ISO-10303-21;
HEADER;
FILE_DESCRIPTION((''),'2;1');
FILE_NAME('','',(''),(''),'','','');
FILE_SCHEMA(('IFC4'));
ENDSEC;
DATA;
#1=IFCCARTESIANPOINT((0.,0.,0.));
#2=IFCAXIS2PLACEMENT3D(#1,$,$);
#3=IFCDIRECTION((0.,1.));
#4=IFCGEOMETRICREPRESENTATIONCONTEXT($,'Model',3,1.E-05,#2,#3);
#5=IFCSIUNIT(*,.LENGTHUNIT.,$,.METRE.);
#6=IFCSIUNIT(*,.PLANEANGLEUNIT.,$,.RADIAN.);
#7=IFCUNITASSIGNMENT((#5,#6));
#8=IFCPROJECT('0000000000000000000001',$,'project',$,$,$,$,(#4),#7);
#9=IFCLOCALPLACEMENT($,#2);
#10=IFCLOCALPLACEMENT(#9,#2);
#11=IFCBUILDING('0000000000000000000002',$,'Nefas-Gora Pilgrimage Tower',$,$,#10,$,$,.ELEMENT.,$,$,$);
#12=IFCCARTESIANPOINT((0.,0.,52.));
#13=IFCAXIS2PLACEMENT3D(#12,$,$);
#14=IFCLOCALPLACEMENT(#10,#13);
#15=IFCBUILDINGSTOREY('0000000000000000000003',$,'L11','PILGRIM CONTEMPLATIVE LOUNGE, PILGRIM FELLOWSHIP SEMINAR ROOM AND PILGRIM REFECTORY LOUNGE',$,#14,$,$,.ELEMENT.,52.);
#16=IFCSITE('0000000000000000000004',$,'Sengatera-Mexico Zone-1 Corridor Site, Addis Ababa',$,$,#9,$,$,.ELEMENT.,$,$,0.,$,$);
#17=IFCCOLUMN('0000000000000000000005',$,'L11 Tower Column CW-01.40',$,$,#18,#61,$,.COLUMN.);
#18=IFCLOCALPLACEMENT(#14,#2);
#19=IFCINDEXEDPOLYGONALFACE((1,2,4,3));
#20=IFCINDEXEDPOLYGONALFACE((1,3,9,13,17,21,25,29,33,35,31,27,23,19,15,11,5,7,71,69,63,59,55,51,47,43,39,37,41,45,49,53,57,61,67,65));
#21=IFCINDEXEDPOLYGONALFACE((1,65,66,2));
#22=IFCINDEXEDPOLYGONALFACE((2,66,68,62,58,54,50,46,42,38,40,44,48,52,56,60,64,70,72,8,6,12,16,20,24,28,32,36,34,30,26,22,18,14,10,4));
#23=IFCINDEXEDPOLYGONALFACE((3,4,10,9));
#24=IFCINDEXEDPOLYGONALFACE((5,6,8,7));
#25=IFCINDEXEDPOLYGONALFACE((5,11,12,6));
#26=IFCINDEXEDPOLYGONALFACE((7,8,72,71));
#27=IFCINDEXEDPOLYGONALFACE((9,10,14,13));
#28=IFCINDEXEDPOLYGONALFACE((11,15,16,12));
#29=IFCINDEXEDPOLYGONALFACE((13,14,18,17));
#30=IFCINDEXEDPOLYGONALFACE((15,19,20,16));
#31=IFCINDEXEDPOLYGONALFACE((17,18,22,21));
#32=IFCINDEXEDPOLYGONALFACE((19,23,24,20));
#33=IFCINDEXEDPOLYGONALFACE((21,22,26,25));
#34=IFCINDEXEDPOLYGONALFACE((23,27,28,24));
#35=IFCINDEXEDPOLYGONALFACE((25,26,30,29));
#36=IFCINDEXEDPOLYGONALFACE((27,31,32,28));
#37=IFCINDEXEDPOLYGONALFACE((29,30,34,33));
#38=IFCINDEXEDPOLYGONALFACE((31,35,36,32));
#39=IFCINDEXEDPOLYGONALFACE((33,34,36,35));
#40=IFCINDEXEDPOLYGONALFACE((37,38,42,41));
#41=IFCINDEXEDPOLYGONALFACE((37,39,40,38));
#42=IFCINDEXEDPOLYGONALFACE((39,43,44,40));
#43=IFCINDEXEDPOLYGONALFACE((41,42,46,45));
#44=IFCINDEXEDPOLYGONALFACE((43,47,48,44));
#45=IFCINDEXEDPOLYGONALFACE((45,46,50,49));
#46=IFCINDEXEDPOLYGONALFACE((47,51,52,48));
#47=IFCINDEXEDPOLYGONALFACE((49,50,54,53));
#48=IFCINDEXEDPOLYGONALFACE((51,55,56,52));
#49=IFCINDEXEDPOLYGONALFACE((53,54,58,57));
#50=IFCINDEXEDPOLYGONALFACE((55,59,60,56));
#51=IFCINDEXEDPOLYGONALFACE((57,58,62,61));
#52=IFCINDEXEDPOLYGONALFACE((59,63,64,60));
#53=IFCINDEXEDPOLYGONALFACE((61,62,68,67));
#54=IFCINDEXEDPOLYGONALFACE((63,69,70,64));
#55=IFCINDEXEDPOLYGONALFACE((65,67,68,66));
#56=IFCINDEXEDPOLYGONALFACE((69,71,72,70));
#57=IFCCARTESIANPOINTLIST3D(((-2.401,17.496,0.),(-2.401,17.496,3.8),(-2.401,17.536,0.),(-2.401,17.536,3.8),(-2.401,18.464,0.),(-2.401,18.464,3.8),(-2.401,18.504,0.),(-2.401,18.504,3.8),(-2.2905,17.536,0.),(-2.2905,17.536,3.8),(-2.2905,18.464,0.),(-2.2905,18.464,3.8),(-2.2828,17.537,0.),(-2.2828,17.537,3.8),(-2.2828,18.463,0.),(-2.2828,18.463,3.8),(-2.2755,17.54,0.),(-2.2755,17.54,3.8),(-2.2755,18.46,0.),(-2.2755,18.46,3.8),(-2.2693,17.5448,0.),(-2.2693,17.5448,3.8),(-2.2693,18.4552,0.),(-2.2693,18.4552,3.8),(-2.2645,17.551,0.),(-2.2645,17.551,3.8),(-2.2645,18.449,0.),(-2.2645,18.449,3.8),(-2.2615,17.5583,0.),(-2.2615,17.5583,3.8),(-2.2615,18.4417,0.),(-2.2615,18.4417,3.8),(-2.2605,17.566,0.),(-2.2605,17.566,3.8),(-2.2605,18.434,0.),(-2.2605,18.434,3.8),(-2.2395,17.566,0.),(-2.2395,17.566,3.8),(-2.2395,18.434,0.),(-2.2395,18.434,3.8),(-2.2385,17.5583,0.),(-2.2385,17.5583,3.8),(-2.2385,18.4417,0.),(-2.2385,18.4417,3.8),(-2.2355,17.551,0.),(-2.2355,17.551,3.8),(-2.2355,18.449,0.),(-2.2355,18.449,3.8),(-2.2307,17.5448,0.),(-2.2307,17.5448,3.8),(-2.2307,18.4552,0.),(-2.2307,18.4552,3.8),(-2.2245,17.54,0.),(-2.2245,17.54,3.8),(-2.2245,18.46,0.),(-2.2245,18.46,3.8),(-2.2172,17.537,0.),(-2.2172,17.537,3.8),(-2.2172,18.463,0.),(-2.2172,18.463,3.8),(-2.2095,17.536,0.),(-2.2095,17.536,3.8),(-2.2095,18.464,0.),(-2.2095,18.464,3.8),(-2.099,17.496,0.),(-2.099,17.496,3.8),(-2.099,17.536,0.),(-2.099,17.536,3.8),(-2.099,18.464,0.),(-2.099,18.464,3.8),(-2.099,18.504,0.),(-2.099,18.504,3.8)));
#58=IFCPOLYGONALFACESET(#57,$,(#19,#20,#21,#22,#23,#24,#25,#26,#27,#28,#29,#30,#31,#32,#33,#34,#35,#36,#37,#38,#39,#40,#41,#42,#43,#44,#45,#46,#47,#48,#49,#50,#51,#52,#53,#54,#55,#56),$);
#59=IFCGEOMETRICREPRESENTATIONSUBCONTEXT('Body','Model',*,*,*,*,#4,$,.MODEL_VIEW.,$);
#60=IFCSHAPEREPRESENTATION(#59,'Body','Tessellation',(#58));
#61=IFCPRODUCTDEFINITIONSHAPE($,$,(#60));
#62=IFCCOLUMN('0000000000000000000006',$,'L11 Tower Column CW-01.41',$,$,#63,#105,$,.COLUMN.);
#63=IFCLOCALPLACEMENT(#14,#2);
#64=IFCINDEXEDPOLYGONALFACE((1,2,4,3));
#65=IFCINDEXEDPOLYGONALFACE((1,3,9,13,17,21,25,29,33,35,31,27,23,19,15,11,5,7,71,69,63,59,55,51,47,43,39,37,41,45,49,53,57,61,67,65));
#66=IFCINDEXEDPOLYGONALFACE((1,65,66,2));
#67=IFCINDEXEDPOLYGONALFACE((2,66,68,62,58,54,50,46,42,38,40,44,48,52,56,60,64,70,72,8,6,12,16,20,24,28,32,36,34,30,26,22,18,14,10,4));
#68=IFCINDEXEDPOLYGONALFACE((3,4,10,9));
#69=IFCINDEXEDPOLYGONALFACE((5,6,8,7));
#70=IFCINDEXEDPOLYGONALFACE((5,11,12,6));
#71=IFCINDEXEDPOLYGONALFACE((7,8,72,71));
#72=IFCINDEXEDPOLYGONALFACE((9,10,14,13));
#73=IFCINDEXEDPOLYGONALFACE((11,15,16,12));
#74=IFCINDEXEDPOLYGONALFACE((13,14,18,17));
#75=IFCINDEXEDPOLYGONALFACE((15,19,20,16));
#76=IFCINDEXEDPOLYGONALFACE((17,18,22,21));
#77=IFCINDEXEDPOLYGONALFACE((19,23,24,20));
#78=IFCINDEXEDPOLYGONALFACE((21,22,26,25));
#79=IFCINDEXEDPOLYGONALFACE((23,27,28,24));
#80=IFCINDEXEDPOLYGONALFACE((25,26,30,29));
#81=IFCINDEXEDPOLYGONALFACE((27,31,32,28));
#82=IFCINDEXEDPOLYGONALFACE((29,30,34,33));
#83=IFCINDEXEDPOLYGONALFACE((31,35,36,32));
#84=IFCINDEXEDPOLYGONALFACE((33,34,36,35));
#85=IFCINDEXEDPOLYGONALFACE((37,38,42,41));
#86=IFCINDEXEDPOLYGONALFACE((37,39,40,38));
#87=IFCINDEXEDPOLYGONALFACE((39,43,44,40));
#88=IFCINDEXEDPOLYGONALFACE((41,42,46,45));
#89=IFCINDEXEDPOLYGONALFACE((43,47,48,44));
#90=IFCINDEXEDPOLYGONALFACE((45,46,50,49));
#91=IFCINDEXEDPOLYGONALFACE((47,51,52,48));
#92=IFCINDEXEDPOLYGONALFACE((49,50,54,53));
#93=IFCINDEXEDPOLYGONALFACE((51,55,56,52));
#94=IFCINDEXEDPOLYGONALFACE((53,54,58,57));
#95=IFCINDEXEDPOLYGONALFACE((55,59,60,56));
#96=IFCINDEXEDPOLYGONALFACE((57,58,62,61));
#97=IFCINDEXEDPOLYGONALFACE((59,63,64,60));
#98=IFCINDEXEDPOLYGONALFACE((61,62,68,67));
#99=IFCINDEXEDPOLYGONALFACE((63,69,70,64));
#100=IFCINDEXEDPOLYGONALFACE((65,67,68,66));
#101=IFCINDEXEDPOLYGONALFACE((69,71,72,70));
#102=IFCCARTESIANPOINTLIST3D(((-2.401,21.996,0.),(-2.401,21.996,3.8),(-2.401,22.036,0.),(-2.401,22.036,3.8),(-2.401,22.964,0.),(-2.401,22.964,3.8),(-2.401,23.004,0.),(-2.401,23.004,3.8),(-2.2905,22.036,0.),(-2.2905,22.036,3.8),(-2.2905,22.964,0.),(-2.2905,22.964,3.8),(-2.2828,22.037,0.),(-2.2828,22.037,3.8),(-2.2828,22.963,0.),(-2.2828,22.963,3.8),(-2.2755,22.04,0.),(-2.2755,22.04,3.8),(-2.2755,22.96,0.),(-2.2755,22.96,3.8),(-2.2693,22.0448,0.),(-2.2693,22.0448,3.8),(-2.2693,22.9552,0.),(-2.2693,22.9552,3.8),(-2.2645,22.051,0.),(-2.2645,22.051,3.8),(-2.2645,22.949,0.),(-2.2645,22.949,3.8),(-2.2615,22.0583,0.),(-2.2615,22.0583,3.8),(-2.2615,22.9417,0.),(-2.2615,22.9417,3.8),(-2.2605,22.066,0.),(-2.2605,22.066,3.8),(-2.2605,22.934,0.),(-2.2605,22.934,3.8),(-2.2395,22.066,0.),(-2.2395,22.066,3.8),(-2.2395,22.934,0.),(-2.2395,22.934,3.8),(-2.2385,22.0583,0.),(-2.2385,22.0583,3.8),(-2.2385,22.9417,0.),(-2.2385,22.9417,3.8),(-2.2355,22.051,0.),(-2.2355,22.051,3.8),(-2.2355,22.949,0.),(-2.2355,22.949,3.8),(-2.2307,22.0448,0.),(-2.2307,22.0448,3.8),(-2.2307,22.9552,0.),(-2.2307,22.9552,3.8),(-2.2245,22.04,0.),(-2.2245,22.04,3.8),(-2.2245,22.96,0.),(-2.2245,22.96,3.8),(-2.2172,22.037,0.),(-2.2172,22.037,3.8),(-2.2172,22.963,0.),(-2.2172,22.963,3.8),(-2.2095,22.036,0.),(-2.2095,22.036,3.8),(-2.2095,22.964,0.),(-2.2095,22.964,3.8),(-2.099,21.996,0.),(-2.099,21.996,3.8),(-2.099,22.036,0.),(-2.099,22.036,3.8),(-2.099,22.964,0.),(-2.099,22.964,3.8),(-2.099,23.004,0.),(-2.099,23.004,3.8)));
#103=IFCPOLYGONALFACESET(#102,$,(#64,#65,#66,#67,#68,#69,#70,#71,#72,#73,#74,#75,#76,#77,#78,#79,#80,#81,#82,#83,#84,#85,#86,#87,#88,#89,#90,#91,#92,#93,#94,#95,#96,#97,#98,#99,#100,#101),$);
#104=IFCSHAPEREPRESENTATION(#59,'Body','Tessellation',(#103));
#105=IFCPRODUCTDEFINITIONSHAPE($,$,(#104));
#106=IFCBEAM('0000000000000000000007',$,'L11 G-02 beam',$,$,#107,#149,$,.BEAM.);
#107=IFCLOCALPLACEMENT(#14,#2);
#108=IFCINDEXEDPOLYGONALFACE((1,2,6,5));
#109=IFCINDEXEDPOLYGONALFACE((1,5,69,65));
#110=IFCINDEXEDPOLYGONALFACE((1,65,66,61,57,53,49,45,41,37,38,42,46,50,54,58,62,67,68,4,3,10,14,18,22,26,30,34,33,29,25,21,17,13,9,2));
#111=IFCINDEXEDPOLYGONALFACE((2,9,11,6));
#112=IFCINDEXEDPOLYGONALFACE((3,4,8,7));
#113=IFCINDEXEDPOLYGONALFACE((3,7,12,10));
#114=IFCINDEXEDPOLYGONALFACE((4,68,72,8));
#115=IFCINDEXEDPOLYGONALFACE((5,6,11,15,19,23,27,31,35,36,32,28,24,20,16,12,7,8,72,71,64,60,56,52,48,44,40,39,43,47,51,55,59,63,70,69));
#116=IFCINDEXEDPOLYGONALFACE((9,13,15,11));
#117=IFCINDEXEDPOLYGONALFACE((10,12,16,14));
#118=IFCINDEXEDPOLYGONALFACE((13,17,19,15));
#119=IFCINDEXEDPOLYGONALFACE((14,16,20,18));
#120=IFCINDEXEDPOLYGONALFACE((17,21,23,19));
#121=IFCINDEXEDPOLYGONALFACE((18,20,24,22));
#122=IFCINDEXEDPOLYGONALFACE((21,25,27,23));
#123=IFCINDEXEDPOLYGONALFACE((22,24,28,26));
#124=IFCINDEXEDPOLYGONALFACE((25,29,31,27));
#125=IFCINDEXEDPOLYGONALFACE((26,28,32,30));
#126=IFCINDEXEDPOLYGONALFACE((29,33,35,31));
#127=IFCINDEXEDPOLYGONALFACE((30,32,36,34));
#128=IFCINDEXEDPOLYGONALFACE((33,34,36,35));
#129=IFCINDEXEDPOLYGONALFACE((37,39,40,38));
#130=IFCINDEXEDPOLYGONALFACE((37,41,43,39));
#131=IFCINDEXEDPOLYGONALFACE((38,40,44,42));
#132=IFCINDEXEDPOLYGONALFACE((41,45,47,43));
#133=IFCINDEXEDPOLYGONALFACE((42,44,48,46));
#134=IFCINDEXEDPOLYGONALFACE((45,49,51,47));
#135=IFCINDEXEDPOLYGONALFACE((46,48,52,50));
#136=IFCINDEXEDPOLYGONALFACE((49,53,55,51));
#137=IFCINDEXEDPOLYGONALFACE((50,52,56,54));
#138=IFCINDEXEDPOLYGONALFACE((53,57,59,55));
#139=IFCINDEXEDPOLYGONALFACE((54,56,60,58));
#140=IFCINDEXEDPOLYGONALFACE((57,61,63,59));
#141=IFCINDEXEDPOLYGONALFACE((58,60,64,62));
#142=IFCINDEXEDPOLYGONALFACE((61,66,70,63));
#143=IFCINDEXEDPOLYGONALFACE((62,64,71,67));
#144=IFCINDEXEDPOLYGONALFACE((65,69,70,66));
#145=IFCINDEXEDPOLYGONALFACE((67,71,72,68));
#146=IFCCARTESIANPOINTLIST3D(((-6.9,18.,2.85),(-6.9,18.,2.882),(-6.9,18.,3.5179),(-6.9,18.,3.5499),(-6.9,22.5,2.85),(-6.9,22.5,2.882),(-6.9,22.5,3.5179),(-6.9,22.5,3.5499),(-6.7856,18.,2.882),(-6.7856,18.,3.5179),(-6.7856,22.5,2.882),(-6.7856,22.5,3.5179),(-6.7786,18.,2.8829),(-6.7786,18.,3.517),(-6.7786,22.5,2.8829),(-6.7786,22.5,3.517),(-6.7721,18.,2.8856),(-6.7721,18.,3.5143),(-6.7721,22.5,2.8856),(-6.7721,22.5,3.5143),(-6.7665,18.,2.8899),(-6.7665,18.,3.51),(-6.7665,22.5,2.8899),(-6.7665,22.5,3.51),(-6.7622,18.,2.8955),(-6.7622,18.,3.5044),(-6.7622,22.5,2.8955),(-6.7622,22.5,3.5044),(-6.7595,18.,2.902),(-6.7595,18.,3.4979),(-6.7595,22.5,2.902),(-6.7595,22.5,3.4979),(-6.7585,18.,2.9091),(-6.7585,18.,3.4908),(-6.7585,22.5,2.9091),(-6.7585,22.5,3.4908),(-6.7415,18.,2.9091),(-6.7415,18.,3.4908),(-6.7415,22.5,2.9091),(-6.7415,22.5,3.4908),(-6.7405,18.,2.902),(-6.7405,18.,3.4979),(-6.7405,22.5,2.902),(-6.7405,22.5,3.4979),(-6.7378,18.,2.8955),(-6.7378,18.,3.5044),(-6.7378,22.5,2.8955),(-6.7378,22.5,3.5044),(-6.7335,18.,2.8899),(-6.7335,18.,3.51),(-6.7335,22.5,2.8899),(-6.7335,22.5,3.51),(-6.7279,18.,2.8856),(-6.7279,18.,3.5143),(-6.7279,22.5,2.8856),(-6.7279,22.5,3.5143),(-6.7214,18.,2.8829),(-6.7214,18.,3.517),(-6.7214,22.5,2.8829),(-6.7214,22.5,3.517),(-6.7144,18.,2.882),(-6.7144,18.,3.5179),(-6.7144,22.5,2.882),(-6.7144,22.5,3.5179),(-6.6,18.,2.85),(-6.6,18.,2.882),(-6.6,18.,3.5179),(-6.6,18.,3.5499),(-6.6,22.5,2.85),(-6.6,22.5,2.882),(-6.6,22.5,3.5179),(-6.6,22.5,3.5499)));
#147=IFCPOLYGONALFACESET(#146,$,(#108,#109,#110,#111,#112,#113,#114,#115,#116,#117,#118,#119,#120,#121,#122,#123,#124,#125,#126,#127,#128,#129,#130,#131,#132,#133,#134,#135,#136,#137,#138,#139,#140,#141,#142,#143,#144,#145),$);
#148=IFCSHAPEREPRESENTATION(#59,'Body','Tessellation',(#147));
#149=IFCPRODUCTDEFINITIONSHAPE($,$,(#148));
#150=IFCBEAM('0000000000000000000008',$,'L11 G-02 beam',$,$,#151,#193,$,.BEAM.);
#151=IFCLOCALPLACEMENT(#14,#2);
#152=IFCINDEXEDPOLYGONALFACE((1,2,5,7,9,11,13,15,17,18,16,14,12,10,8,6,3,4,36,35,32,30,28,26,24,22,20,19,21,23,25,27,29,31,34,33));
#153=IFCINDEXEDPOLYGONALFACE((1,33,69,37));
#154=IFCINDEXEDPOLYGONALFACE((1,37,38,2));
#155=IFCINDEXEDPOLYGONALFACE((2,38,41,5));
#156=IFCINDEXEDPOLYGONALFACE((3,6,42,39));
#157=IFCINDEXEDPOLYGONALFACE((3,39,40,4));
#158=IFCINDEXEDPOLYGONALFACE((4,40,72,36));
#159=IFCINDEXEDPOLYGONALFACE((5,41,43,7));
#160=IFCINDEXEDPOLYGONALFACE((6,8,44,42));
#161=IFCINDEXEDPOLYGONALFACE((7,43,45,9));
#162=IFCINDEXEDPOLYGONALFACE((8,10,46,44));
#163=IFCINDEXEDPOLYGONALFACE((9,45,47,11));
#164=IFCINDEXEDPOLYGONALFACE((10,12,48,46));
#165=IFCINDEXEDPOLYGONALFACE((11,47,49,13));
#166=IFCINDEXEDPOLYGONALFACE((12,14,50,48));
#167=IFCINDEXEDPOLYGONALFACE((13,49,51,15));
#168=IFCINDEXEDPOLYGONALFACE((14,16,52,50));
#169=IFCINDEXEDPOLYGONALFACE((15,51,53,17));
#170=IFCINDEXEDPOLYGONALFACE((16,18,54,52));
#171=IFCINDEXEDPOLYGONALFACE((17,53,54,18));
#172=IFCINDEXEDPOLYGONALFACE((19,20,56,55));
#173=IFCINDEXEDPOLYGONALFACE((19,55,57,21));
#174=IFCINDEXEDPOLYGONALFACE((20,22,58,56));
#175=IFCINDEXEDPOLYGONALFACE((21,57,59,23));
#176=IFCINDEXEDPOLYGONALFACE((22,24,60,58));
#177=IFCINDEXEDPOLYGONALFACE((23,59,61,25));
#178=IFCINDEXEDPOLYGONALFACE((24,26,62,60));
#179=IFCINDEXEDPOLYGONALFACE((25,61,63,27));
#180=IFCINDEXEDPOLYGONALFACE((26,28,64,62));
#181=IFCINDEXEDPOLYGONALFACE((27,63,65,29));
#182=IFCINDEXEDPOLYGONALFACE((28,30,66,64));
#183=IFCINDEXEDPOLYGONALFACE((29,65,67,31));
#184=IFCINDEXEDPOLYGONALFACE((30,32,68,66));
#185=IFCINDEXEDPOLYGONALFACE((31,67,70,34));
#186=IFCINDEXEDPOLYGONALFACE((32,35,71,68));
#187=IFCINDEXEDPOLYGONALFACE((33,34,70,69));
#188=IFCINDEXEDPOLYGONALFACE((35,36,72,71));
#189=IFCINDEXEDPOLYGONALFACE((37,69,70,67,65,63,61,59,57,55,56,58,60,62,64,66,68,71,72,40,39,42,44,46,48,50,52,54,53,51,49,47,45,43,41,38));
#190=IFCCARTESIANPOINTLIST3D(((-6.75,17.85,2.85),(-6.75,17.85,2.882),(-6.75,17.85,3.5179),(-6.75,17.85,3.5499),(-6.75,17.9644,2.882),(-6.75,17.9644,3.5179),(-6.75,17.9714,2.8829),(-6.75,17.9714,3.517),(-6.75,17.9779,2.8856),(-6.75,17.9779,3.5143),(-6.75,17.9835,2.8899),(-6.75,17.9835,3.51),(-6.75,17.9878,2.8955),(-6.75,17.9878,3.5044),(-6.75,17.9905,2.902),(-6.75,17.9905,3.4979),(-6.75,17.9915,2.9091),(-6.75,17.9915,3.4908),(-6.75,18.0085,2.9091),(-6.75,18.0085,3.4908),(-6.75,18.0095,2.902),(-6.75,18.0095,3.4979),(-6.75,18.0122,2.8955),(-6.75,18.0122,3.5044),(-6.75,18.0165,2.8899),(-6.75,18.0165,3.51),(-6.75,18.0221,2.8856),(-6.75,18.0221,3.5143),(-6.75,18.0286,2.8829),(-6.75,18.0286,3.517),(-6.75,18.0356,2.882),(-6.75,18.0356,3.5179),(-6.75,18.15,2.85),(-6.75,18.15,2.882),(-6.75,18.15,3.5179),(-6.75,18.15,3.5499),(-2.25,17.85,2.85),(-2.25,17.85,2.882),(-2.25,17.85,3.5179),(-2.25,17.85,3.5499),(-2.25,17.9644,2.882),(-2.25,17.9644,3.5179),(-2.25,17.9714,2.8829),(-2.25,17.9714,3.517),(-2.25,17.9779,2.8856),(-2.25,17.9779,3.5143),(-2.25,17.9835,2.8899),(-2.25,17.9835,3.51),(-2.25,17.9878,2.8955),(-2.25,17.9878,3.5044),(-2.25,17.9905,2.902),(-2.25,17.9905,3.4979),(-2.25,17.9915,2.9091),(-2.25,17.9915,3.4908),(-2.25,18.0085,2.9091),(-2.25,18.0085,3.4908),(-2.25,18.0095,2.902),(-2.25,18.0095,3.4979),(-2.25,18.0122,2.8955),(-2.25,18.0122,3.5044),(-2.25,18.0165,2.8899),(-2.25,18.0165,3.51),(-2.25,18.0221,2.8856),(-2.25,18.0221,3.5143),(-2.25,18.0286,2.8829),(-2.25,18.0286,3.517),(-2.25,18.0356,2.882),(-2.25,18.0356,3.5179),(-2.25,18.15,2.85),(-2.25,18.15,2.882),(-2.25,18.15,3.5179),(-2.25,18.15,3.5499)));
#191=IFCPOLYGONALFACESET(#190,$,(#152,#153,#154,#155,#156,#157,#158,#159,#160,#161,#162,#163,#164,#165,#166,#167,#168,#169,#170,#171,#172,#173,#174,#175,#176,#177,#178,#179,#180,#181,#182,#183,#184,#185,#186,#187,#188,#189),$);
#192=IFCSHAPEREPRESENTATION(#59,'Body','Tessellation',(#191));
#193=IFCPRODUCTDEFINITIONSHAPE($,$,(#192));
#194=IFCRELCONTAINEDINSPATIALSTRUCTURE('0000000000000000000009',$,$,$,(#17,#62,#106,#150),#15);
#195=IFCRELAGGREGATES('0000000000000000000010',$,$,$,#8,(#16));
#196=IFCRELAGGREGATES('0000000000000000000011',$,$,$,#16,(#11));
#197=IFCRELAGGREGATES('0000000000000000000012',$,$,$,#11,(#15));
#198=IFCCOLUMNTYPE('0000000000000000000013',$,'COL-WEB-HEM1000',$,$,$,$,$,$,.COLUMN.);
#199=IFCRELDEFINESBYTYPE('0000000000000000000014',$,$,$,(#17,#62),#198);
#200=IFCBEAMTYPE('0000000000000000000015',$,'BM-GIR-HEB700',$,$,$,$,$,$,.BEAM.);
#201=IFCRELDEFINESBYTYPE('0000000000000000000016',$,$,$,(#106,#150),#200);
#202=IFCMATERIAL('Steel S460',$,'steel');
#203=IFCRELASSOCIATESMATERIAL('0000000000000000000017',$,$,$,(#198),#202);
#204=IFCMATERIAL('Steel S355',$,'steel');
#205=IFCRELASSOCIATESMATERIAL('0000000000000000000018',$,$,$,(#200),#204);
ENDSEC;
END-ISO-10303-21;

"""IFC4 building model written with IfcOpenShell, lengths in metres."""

from ifc_helpers import new_model, si_unit, direction, frame, origin, origin_2d, place, context, subcontext, project, spatial, i_section, extrude, source, transform, mapped, material, material_profile, profile_set, type_object, element, save


model = new_model("IFC4")

# Units and contexts
model_context = context("Model", 3, precision=1e-05, world=origin(), true_north=direction((0.0, 1.0)))
body_context = subcontext(model_context, "Body", "Model", "MODEL_VIEW")
ifc_project = project(units=[si_unit("LENGTHUNIT", "METRE"), si_unit("PLANEANGLEUNIT", "RADIAN")], contexts=[model_context])

# Site, building, storey
site_placement = place(None, origin())
site = spatial("IfcSite", under=ifc_project, at=site_placement, Name="Sengatera-Mexico Zone-1 Corridor Site, Addis Ababa", CompositionType="ELEMENT", RefElevation=0.0)
building_placement = place(site_placement, origin())
building = spatial("IfcBuilding", under=site, at=building_placement, Name="Nefas-Gora Pilgrimage Tower", CompositionType="ELEMENT")
storey_placement = place(building_placement, frame((0.0, 0.0, 52.0)))
storey = spatial("IfcBuildingStorey", under=building, at=storey_placement, Name="L11", Description="PILGRIM CONTEMPLATIVE LOUNGE, PILGRIM FELLOWSHIP SEMINAR ROOM AND PILGRIM REFECTORY LOUNGE", CompositionType="ELEMENT", Elevation=52.0)

# Columns
ifc_material_1 = material(Name="Steel S460", Category="steel")
ifc_material_profile_1 = material_profile(ifc_material_1, i_section(OverallWidth=0.302, OverallDepth=1.0081, WebThickness=0.021, FlangeThickness=0.04, FilletRadius=0.03, at=origin_2d()), Name="HEM 1000")
ifc_profile_set_1 = profile_set([ifc_material_profile_1], Name="Steel S460")
column_type_1 = type_object("IfcColumnType", Name="COL-WEB-HEM1000", PredefinedType="COLUMN", material=ifc_profile_set_1)
shared_shape_1 = source(origin(), body_context, "Body", "SweptSolid", [
    extrude(i_section(OverallWidth=0.302, OverallDepth=1.0081, WebThickness=0.021, FlangeThickness=0.04, FilletRadius=0.03, at=origin_2d()), origin(), (0.0, 0.0, 1.0), 3.8),
])
for number, where, z_axis, x_axis, name in (
    (1, (-2.25, 18.0, 0.0), (0.0, 0.0, 1.0), (1.0, 0.0, 0.0), "L11 Tower Column CW-01.40"),
    (2, (-2.25, 22.5, 0.0), (0.0, 0.0, 1.0), (1.0, 0.0, 0.0), "L11 Tower Column CW-01.41"),
):
    element("IfcColumn", number, at=place(storey_placement, frame(where, z_axis=z_axis, x_axis=x_axis)), inside=storey, type_object=column_type_1, Name=name, PredefinedType="COLUMN", context=body_context, shape_type="MappedRepresentation", body=[
        mapped(shared_shape_1, transform((0.0, 0.0, 0.0), x_axis=(1.0, 0.0, 0.0), y_axis=(0.0, 1.0, 0.0), z_axis=(0.0, 0.0, 1.0), scale=1.0)),
    ])

# Beams
ifc_material_2 = material(Name="Steel S355", Category="steel")
ifc_material_profile_2 = material_profile(ifc_material_2, i_section(OverallWidth=0.3, OverallDepth=0.7, WebThickness=0.0171, FlangeThickness=0.032, FilletRadius=0.0271, at=origin_2d()), Name="HEB 700")
ifc_profile_set_2 = profile_set([ifc_material_profile_2], Name="Steel S355")
beam_type = type_object("IfcBeamType", Name="BM-GIR-HEB700", PredefinedType="BEAM", material=ifc_profile_set_2)
shared_shape_2 = source(origin(), body_context, "Body", "SweptSolid", [
    extrude(i_section(OverallWidth=0.3, OverallDepth=0.7, WebThickness=0.0171, FlangeThickness=0.032, FilletRadius=0.0271, at=origin_2d()), origin(), (0.0, 0.0, 1.0), 4.5),
])
for number, where, z_axis, x_axis, name in (
    (3, (-6.75, 18.0, 3.2), (0.0, 1.0, 0.0), (-1.0, 0.0, 0.0), "L11 G-02 beam"),
    (4, (-6.75, 18.0, 3.2), (1.0, 0.0, 0.0), (0.0, 1.0, 0.0), "L11 G-02 beam"),
):
    element("IfcBeam", number, at=place(storey_placement, frame(where, z_axis=z_axis, x_axis=x_axis)), inside=storey, type_object=beam_type, Name=name, PredefinedType="BEAM", context=body_context, shape_type="MappedRepresentation", body=[
        mapped(shared_shape_2, transform((0.0, 0.0, 0.0), x_axis=(1.0, 0.0, 0.0), y_axis=(0.0, 1.0, 0.0), z_axis=(0.0, 0.0, 1.0), scale=1.0)),
    ])

save(model, "model.ifc")
